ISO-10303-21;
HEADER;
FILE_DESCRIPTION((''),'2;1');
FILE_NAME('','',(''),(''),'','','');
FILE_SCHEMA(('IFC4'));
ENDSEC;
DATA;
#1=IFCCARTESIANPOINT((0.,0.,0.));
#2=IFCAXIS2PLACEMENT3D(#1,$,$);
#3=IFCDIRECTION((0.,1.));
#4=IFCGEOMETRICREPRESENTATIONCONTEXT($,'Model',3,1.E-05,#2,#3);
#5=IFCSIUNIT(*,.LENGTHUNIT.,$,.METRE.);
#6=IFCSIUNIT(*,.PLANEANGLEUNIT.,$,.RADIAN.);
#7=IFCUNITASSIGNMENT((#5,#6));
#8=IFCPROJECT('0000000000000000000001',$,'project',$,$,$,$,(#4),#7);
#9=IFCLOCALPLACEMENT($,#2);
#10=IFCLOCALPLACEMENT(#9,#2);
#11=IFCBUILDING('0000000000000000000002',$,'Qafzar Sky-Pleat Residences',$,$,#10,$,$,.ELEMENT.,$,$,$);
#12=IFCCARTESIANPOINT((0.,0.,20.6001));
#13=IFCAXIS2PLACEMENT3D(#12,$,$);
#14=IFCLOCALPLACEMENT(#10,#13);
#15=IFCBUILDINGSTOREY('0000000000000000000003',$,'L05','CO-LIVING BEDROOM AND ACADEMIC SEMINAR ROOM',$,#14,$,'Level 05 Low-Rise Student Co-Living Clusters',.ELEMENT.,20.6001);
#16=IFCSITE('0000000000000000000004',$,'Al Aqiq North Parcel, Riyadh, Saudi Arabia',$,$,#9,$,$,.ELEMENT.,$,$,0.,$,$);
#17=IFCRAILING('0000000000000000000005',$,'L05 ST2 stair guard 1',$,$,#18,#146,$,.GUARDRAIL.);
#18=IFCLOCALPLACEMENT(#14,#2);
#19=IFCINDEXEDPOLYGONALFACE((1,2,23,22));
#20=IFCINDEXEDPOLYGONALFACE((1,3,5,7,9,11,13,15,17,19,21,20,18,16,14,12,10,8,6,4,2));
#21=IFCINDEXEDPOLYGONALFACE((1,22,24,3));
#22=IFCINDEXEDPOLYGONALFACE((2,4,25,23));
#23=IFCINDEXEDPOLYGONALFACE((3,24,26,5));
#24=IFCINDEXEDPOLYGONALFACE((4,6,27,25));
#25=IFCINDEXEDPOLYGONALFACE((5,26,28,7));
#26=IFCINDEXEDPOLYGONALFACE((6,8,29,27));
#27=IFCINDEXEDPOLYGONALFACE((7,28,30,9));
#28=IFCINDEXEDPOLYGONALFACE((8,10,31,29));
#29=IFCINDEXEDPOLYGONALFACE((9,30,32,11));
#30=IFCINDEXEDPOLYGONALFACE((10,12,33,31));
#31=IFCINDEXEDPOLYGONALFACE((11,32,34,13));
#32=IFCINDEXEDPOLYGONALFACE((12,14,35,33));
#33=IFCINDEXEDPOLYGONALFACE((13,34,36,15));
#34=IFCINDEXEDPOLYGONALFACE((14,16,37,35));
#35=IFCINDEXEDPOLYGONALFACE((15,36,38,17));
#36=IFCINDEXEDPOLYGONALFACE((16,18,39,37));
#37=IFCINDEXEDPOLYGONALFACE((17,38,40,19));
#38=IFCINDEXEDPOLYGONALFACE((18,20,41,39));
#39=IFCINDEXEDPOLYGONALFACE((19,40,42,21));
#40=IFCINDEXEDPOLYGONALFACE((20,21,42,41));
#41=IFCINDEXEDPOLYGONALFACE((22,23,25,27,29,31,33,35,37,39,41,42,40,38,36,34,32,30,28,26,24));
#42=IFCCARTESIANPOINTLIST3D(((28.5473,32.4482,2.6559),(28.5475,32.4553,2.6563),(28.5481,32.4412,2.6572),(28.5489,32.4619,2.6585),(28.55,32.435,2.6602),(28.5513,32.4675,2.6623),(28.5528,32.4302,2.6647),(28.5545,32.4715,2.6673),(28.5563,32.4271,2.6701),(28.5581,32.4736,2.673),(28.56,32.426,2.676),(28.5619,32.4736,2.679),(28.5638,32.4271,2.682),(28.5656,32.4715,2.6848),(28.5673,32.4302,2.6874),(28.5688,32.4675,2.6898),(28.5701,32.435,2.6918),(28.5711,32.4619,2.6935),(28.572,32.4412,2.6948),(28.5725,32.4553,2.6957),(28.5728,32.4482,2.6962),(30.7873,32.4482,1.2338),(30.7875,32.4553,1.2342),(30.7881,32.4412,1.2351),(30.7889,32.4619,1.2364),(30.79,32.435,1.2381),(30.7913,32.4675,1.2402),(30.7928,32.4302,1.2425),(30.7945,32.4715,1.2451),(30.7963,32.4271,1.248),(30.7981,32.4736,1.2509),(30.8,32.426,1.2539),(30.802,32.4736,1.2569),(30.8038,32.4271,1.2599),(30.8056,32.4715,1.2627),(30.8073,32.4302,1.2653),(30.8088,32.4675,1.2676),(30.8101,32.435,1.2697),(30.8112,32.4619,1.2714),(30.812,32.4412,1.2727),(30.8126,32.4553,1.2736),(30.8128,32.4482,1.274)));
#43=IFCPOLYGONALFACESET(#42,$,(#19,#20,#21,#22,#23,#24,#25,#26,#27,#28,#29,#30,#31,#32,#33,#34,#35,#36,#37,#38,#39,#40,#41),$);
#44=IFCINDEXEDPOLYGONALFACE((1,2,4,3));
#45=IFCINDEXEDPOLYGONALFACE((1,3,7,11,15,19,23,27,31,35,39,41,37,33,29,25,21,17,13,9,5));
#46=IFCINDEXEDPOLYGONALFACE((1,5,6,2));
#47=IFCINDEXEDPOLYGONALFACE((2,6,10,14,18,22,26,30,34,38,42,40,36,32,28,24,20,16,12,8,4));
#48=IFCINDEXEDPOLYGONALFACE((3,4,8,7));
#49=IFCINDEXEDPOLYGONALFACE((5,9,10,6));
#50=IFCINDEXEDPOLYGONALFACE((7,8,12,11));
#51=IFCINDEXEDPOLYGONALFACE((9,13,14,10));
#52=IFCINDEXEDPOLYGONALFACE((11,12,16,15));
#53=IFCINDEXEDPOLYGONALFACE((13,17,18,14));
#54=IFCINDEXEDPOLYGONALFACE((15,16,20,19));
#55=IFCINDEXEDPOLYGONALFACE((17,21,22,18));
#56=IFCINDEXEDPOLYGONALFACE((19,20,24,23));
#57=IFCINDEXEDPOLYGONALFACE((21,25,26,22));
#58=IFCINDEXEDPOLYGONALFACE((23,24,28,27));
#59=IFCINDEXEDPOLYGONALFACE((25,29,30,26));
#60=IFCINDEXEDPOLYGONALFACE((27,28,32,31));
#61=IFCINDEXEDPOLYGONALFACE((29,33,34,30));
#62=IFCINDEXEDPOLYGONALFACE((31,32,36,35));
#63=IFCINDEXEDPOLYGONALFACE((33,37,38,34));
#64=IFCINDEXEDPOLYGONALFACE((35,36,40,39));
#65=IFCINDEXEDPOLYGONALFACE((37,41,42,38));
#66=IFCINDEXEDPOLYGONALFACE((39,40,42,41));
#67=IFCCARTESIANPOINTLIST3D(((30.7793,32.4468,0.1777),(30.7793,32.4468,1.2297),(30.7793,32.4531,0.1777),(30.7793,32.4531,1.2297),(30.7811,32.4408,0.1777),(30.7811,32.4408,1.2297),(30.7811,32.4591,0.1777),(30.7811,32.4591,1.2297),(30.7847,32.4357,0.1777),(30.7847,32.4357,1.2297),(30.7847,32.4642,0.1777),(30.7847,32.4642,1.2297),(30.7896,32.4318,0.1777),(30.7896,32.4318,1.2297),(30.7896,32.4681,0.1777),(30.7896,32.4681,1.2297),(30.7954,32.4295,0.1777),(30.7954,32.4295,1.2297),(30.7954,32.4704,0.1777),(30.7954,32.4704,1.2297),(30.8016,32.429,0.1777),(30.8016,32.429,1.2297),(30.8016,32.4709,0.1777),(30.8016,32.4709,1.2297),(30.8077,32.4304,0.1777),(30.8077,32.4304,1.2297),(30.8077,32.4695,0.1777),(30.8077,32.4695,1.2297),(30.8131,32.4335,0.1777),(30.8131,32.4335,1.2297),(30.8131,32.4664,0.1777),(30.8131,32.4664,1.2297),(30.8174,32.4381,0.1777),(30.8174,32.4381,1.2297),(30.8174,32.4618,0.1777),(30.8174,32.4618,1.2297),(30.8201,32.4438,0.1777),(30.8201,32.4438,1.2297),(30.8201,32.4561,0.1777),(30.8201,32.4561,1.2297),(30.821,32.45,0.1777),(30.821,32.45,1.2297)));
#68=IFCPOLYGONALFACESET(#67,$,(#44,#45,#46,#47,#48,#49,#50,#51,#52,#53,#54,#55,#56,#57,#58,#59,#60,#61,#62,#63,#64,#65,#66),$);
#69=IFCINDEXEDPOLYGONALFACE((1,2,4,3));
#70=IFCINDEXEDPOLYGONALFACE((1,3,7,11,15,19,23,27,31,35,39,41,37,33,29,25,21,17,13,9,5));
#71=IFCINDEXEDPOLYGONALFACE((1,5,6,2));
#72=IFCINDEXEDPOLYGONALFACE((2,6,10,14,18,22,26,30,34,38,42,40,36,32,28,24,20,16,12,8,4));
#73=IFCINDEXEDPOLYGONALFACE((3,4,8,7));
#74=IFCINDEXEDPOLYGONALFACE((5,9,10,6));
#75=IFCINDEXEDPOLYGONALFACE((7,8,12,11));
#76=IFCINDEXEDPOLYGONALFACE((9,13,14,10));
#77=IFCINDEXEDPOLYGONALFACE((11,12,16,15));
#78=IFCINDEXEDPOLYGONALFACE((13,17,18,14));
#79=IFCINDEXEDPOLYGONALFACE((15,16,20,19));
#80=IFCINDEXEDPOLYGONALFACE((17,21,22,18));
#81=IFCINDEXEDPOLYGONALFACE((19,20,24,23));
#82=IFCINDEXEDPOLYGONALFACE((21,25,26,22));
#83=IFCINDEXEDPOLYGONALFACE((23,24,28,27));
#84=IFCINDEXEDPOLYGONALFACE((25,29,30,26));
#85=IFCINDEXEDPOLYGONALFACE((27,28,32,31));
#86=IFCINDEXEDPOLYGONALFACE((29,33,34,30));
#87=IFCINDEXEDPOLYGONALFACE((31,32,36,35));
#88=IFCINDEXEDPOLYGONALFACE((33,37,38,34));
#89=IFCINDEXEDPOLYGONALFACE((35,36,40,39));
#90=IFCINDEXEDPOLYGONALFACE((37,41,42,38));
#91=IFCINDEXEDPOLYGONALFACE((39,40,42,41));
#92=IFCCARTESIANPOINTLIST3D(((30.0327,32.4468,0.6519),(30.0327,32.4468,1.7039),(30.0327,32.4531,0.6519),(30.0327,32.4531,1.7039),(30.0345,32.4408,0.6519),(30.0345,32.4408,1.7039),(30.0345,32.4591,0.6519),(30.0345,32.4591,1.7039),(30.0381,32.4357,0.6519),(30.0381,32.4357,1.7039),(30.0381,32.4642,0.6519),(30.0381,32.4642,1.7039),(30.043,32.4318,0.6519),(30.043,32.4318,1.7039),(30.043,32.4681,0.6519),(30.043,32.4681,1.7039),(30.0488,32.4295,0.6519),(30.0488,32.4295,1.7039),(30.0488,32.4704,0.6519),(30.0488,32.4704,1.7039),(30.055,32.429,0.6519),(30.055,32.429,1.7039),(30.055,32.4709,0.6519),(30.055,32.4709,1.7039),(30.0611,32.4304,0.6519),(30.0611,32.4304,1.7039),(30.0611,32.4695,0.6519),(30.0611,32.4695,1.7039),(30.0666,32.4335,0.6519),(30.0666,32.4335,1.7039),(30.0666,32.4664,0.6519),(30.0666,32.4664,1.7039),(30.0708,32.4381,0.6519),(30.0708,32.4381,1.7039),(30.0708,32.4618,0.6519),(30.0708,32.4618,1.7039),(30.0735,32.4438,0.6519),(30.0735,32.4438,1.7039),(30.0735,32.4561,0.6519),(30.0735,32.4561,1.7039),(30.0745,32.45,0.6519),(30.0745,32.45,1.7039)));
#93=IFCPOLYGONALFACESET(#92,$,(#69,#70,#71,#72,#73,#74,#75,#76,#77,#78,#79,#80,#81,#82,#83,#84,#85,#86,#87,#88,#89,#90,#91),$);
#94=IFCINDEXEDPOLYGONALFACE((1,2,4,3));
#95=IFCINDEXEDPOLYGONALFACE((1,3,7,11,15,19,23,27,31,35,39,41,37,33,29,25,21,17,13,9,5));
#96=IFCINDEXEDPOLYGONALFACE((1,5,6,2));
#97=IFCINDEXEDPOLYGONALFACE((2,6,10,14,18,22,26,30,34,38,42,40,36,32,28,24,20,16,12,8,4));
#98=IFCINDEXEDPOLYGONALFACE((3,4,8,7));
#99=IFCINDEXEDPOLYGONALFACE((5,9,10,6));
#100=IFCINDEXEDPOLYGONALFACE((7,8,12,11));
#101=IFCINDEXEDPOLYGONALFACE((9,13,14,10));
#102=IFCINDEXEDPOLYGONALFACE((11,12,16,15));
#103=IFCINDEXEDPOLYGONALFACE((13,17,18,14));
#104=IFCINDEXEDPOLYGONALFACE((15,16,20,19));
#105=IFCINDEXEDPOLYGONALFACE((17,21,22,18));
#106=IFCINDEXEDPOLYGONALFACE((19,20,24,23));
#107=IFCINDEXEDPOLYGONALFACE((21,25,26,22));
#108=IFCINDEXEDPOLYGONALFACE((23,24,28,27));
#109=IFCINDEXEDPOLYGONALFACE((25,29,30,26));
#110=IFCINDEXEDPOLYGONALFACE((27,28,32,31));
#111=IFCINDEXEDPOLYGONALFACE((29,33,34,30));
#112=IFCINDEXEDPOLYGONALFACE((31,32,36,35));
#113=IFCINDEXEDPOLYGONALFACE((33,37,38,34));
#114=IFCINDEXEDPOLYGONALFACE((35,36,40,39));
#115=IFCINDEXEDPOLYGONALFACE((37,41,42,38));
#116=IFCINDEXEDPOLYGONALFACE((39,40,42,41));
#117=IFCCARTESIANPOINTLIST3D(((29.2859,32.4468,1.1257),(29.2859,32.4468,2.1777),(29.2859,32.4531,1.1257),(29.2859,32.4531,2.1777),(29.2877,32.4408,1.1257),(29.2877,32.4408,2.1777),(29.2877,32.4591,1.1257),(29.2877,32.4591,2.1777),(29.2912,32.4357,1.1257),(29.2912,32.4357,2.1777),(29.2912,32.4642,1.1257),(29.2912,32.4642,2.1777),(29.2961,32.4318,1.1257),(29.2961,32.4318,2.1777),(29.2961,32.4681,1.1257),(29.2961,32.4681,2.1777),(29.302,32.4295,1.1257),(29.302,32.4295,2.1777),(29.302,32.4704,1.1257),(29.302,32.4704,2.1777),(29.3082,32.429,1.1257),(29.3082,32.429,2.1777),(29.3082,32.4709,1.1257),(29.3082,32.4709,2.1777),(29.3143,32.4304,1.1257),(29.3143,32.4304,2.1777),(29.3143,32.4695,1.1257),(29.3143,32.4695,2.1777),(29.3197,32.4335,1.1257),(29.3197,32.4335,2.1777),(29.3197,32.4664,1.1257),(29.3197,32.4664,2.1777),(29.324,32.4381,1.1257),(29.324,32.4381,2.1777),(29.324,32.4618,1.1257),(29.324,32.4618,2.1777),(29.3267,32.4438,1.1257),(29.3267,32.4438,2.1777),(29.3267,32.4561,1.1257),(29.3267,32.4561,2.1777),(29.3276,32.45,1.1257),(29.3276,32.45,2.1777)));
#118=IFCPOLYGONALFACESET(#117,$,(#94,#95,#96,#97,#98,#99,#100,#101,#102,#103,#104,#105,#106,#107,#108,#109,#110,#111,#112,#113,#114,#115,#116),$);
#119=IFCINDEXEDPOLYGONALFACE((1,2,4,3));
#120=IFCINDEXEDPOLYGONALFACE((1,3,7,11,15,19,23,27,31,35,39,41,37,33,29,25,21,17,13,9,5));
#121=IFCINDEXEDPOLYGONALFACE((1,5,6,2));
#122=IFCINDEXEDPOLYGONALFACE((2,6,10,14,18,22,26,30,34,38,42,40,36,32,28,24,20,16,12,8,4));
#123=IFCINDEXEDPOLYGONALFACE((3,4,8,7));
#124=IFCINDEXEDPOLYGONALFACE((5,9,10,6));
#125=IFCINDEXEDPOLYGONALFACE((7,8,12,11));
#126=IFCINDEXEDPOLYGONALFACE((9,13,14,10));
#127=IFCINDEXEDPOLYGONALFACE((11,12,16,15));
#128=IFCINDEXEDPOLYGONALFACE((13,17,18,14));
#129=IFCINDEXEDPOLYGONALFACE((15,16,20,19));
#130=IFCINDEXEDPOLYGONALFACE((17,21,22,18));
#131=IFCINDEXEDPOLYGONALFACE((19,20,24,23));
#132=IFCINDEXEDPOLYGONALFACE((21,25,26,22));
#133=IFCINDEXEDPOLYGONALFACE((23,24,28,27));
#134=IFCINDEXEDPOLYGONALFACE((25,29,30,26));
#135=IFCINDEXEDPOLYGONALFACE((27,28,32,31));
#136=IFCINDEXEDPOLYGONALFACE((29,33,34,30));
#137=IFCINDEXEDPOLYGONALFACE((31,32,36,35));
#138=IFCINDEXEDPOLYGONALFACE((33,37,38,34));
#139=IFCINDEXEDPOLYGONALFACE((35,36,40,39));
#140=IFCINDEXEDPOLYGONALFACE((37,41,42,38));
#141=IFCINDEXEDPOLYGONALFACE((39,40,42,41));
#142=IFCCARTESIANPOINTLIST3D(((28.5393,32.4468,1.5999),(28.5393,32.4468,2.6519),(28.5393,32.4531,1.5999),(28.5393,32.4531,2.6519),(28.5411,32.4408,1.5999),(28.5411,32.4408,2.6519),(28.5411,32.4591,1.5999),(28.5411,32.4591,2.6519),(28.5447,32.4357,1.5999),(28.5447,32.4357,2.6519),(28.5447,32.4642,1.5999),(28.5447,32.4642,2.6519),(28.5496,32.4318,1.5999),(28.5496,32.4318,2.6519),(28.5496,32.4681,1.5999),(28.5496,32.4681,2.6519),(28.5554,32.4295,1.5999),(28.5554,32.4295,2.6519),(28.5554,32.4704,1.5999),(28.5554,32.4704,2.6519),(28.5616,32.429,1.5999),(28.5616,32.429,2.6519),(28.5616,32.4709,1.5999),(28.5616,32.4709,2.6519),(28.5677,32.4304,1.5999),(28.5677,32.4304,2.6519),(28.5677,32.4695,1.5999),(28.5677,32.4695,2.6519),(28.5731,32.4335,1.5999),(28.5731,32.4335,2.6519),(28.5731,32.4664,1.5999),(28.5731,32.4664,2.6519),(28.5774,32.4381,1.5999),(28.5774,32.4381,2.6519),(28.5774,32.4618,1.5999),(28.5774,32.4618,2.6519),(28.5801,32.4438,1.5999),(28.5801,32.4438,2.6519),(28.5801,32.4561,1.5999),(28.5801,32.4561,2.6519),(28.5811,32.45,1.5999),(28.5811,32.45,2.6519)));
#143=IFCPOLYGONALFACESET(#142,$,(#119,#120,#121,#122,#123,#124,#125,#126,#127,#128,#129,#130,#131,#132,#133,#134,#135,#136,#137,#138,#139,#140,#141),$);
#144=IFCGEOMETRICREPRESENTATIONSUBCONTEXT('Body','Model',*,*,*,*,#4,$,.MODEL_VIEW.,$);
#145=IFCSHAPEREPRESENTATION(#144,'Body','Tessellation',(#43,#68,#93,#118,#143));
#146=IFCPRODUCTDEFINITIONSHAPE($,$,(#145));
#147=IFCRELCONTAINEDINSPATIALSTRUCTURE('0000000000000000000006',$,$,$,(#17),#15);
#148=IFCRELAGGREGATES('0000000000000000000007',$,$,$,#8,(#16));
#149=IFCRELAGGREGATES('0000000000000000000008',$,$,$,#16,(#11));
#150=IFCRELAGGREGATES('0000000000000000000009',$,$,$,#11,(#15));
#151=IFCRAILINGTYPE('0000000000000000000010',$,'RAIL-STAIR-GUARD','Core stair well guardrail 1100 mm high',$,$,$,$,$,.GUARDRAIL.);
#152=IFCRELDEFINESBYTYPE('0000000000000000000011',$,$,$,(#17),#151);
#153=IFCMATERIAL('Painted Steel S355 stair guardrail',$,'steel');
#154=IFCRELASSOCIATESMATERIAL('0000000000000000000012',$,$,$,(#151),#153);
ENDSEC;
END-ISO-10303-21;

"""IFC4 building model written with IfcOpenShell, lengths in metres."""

from ifc_helpers import new_model, si_unit, direction, frame, origin, origin_2d, place, context, subcontext, project, spatial, circle, extrude, source, transform, mapped, material, type_object, element, save


model = new_model("IFC4")

# Units and contexts
model_context = context("Model", 3, precision=1e-05, world=origin(), true_north=direction((0.0, 1.0)))
body_context = subcontext(model_context, "Body", "Model", "MODEL_VIEW")
ifc_project = project(units=[si_unit("LENGTHUNIT", "METRE"), si_unit("PLANEANGLEUNIT", "RADIAN")], contexts=[model_context])

# Site, building, storey
site_placement = place(None, origin())
site = spatial("IfcSite", under=ifc_project, at=site_placement, Name="Al Aqiq North Parcel, Riyadh, Saudi Arabia", CompositionType="ELEMENT", RefElevation=0.0)
building_placement = place(site_placement, origin())
building = spatial("IfcBuilding", under=site, at=building_placement, Name="Qafzar Sky-Pleat Residences", CompositionType="ELEMENT")
storey_placement = place(building_placement, frame((0.0, 0.0, 20.6001)))
storey = spatial("IfcBuildingStorey", under=building, at=storey_placement, Name="L05", Description="CO-LIVING BEDROOM AND ACADEMIC SEMINAR ROOM", LongName="Level 05 Low-Rise Student Co-Living Clusters", CompositionType="ELEMENT", Elevation=20.6001)

# Railing
ifc_material_1 = material(Name="Painted Steel S355 stair guardrail", Category="steel")
railing_type = type_object("IfcRailingType", Name="RAIL-STAIR-GUARD", Description="Core stair well guardrail 1100 mm high", PredefinedType="GUARDRAIL", material=ifc_material_1)
shared_shape_1 = source(origin(), body_context, "Body", "SweptSolid", [
    extrude(circle(Radius=0.0239, at=origin_2d()), frame((0.0, 0.0, 1.0762), z_axis=(-0.844229, 0.0, 0.535982), x_axis=(0.0, -1.0, 0.0)), (0.0, 0.0, 1.0), 2.6533),
    extrude(circle(Radius=0.021, at=origin_2d()), origin(), (0.0, 0.0, 1.0), 1.052),
    extrude(circle(Radius=0.021, at=origin_2d()), frame((-0.7466, 0.0, 0.4741)), (0.0, 0.0, 1.0), 1.052),
    extrude(circle(Radius=0.021, at=origin_2d()), frame((-1.4934, 0.0, 0.948)), (0.0, 0.0, 1.0), 1.052),
    extrude(circle(Radius=0.021, at=origin_2d()), frame((-2.24, 0.0, 1.4221)), (0.0, 0.0, 1.0), 1.052),
])
railing_1_placement = place(storey_placement, frame((30.8, 32.45, 0.1777)))
element("IfcRailing", 1, at=railing_1_placement, inside=storey, type_object=railing_type, Name="L05 ST2 stair guard 1", PredefinedType="GUARDRAIL", context=body_context, shape_type="MappedRepresentation", body=[
    mapped(shared_shape_1, transform((0.0, 0.0, 0.0), x_axis=(1.0, 0.0, 0.0), y_axis=(0.0, 1.0, 0.0), z_axis=(0.0, 0.0, 1.0), scale=1.0)),
])

save(model, "model.ifc")
